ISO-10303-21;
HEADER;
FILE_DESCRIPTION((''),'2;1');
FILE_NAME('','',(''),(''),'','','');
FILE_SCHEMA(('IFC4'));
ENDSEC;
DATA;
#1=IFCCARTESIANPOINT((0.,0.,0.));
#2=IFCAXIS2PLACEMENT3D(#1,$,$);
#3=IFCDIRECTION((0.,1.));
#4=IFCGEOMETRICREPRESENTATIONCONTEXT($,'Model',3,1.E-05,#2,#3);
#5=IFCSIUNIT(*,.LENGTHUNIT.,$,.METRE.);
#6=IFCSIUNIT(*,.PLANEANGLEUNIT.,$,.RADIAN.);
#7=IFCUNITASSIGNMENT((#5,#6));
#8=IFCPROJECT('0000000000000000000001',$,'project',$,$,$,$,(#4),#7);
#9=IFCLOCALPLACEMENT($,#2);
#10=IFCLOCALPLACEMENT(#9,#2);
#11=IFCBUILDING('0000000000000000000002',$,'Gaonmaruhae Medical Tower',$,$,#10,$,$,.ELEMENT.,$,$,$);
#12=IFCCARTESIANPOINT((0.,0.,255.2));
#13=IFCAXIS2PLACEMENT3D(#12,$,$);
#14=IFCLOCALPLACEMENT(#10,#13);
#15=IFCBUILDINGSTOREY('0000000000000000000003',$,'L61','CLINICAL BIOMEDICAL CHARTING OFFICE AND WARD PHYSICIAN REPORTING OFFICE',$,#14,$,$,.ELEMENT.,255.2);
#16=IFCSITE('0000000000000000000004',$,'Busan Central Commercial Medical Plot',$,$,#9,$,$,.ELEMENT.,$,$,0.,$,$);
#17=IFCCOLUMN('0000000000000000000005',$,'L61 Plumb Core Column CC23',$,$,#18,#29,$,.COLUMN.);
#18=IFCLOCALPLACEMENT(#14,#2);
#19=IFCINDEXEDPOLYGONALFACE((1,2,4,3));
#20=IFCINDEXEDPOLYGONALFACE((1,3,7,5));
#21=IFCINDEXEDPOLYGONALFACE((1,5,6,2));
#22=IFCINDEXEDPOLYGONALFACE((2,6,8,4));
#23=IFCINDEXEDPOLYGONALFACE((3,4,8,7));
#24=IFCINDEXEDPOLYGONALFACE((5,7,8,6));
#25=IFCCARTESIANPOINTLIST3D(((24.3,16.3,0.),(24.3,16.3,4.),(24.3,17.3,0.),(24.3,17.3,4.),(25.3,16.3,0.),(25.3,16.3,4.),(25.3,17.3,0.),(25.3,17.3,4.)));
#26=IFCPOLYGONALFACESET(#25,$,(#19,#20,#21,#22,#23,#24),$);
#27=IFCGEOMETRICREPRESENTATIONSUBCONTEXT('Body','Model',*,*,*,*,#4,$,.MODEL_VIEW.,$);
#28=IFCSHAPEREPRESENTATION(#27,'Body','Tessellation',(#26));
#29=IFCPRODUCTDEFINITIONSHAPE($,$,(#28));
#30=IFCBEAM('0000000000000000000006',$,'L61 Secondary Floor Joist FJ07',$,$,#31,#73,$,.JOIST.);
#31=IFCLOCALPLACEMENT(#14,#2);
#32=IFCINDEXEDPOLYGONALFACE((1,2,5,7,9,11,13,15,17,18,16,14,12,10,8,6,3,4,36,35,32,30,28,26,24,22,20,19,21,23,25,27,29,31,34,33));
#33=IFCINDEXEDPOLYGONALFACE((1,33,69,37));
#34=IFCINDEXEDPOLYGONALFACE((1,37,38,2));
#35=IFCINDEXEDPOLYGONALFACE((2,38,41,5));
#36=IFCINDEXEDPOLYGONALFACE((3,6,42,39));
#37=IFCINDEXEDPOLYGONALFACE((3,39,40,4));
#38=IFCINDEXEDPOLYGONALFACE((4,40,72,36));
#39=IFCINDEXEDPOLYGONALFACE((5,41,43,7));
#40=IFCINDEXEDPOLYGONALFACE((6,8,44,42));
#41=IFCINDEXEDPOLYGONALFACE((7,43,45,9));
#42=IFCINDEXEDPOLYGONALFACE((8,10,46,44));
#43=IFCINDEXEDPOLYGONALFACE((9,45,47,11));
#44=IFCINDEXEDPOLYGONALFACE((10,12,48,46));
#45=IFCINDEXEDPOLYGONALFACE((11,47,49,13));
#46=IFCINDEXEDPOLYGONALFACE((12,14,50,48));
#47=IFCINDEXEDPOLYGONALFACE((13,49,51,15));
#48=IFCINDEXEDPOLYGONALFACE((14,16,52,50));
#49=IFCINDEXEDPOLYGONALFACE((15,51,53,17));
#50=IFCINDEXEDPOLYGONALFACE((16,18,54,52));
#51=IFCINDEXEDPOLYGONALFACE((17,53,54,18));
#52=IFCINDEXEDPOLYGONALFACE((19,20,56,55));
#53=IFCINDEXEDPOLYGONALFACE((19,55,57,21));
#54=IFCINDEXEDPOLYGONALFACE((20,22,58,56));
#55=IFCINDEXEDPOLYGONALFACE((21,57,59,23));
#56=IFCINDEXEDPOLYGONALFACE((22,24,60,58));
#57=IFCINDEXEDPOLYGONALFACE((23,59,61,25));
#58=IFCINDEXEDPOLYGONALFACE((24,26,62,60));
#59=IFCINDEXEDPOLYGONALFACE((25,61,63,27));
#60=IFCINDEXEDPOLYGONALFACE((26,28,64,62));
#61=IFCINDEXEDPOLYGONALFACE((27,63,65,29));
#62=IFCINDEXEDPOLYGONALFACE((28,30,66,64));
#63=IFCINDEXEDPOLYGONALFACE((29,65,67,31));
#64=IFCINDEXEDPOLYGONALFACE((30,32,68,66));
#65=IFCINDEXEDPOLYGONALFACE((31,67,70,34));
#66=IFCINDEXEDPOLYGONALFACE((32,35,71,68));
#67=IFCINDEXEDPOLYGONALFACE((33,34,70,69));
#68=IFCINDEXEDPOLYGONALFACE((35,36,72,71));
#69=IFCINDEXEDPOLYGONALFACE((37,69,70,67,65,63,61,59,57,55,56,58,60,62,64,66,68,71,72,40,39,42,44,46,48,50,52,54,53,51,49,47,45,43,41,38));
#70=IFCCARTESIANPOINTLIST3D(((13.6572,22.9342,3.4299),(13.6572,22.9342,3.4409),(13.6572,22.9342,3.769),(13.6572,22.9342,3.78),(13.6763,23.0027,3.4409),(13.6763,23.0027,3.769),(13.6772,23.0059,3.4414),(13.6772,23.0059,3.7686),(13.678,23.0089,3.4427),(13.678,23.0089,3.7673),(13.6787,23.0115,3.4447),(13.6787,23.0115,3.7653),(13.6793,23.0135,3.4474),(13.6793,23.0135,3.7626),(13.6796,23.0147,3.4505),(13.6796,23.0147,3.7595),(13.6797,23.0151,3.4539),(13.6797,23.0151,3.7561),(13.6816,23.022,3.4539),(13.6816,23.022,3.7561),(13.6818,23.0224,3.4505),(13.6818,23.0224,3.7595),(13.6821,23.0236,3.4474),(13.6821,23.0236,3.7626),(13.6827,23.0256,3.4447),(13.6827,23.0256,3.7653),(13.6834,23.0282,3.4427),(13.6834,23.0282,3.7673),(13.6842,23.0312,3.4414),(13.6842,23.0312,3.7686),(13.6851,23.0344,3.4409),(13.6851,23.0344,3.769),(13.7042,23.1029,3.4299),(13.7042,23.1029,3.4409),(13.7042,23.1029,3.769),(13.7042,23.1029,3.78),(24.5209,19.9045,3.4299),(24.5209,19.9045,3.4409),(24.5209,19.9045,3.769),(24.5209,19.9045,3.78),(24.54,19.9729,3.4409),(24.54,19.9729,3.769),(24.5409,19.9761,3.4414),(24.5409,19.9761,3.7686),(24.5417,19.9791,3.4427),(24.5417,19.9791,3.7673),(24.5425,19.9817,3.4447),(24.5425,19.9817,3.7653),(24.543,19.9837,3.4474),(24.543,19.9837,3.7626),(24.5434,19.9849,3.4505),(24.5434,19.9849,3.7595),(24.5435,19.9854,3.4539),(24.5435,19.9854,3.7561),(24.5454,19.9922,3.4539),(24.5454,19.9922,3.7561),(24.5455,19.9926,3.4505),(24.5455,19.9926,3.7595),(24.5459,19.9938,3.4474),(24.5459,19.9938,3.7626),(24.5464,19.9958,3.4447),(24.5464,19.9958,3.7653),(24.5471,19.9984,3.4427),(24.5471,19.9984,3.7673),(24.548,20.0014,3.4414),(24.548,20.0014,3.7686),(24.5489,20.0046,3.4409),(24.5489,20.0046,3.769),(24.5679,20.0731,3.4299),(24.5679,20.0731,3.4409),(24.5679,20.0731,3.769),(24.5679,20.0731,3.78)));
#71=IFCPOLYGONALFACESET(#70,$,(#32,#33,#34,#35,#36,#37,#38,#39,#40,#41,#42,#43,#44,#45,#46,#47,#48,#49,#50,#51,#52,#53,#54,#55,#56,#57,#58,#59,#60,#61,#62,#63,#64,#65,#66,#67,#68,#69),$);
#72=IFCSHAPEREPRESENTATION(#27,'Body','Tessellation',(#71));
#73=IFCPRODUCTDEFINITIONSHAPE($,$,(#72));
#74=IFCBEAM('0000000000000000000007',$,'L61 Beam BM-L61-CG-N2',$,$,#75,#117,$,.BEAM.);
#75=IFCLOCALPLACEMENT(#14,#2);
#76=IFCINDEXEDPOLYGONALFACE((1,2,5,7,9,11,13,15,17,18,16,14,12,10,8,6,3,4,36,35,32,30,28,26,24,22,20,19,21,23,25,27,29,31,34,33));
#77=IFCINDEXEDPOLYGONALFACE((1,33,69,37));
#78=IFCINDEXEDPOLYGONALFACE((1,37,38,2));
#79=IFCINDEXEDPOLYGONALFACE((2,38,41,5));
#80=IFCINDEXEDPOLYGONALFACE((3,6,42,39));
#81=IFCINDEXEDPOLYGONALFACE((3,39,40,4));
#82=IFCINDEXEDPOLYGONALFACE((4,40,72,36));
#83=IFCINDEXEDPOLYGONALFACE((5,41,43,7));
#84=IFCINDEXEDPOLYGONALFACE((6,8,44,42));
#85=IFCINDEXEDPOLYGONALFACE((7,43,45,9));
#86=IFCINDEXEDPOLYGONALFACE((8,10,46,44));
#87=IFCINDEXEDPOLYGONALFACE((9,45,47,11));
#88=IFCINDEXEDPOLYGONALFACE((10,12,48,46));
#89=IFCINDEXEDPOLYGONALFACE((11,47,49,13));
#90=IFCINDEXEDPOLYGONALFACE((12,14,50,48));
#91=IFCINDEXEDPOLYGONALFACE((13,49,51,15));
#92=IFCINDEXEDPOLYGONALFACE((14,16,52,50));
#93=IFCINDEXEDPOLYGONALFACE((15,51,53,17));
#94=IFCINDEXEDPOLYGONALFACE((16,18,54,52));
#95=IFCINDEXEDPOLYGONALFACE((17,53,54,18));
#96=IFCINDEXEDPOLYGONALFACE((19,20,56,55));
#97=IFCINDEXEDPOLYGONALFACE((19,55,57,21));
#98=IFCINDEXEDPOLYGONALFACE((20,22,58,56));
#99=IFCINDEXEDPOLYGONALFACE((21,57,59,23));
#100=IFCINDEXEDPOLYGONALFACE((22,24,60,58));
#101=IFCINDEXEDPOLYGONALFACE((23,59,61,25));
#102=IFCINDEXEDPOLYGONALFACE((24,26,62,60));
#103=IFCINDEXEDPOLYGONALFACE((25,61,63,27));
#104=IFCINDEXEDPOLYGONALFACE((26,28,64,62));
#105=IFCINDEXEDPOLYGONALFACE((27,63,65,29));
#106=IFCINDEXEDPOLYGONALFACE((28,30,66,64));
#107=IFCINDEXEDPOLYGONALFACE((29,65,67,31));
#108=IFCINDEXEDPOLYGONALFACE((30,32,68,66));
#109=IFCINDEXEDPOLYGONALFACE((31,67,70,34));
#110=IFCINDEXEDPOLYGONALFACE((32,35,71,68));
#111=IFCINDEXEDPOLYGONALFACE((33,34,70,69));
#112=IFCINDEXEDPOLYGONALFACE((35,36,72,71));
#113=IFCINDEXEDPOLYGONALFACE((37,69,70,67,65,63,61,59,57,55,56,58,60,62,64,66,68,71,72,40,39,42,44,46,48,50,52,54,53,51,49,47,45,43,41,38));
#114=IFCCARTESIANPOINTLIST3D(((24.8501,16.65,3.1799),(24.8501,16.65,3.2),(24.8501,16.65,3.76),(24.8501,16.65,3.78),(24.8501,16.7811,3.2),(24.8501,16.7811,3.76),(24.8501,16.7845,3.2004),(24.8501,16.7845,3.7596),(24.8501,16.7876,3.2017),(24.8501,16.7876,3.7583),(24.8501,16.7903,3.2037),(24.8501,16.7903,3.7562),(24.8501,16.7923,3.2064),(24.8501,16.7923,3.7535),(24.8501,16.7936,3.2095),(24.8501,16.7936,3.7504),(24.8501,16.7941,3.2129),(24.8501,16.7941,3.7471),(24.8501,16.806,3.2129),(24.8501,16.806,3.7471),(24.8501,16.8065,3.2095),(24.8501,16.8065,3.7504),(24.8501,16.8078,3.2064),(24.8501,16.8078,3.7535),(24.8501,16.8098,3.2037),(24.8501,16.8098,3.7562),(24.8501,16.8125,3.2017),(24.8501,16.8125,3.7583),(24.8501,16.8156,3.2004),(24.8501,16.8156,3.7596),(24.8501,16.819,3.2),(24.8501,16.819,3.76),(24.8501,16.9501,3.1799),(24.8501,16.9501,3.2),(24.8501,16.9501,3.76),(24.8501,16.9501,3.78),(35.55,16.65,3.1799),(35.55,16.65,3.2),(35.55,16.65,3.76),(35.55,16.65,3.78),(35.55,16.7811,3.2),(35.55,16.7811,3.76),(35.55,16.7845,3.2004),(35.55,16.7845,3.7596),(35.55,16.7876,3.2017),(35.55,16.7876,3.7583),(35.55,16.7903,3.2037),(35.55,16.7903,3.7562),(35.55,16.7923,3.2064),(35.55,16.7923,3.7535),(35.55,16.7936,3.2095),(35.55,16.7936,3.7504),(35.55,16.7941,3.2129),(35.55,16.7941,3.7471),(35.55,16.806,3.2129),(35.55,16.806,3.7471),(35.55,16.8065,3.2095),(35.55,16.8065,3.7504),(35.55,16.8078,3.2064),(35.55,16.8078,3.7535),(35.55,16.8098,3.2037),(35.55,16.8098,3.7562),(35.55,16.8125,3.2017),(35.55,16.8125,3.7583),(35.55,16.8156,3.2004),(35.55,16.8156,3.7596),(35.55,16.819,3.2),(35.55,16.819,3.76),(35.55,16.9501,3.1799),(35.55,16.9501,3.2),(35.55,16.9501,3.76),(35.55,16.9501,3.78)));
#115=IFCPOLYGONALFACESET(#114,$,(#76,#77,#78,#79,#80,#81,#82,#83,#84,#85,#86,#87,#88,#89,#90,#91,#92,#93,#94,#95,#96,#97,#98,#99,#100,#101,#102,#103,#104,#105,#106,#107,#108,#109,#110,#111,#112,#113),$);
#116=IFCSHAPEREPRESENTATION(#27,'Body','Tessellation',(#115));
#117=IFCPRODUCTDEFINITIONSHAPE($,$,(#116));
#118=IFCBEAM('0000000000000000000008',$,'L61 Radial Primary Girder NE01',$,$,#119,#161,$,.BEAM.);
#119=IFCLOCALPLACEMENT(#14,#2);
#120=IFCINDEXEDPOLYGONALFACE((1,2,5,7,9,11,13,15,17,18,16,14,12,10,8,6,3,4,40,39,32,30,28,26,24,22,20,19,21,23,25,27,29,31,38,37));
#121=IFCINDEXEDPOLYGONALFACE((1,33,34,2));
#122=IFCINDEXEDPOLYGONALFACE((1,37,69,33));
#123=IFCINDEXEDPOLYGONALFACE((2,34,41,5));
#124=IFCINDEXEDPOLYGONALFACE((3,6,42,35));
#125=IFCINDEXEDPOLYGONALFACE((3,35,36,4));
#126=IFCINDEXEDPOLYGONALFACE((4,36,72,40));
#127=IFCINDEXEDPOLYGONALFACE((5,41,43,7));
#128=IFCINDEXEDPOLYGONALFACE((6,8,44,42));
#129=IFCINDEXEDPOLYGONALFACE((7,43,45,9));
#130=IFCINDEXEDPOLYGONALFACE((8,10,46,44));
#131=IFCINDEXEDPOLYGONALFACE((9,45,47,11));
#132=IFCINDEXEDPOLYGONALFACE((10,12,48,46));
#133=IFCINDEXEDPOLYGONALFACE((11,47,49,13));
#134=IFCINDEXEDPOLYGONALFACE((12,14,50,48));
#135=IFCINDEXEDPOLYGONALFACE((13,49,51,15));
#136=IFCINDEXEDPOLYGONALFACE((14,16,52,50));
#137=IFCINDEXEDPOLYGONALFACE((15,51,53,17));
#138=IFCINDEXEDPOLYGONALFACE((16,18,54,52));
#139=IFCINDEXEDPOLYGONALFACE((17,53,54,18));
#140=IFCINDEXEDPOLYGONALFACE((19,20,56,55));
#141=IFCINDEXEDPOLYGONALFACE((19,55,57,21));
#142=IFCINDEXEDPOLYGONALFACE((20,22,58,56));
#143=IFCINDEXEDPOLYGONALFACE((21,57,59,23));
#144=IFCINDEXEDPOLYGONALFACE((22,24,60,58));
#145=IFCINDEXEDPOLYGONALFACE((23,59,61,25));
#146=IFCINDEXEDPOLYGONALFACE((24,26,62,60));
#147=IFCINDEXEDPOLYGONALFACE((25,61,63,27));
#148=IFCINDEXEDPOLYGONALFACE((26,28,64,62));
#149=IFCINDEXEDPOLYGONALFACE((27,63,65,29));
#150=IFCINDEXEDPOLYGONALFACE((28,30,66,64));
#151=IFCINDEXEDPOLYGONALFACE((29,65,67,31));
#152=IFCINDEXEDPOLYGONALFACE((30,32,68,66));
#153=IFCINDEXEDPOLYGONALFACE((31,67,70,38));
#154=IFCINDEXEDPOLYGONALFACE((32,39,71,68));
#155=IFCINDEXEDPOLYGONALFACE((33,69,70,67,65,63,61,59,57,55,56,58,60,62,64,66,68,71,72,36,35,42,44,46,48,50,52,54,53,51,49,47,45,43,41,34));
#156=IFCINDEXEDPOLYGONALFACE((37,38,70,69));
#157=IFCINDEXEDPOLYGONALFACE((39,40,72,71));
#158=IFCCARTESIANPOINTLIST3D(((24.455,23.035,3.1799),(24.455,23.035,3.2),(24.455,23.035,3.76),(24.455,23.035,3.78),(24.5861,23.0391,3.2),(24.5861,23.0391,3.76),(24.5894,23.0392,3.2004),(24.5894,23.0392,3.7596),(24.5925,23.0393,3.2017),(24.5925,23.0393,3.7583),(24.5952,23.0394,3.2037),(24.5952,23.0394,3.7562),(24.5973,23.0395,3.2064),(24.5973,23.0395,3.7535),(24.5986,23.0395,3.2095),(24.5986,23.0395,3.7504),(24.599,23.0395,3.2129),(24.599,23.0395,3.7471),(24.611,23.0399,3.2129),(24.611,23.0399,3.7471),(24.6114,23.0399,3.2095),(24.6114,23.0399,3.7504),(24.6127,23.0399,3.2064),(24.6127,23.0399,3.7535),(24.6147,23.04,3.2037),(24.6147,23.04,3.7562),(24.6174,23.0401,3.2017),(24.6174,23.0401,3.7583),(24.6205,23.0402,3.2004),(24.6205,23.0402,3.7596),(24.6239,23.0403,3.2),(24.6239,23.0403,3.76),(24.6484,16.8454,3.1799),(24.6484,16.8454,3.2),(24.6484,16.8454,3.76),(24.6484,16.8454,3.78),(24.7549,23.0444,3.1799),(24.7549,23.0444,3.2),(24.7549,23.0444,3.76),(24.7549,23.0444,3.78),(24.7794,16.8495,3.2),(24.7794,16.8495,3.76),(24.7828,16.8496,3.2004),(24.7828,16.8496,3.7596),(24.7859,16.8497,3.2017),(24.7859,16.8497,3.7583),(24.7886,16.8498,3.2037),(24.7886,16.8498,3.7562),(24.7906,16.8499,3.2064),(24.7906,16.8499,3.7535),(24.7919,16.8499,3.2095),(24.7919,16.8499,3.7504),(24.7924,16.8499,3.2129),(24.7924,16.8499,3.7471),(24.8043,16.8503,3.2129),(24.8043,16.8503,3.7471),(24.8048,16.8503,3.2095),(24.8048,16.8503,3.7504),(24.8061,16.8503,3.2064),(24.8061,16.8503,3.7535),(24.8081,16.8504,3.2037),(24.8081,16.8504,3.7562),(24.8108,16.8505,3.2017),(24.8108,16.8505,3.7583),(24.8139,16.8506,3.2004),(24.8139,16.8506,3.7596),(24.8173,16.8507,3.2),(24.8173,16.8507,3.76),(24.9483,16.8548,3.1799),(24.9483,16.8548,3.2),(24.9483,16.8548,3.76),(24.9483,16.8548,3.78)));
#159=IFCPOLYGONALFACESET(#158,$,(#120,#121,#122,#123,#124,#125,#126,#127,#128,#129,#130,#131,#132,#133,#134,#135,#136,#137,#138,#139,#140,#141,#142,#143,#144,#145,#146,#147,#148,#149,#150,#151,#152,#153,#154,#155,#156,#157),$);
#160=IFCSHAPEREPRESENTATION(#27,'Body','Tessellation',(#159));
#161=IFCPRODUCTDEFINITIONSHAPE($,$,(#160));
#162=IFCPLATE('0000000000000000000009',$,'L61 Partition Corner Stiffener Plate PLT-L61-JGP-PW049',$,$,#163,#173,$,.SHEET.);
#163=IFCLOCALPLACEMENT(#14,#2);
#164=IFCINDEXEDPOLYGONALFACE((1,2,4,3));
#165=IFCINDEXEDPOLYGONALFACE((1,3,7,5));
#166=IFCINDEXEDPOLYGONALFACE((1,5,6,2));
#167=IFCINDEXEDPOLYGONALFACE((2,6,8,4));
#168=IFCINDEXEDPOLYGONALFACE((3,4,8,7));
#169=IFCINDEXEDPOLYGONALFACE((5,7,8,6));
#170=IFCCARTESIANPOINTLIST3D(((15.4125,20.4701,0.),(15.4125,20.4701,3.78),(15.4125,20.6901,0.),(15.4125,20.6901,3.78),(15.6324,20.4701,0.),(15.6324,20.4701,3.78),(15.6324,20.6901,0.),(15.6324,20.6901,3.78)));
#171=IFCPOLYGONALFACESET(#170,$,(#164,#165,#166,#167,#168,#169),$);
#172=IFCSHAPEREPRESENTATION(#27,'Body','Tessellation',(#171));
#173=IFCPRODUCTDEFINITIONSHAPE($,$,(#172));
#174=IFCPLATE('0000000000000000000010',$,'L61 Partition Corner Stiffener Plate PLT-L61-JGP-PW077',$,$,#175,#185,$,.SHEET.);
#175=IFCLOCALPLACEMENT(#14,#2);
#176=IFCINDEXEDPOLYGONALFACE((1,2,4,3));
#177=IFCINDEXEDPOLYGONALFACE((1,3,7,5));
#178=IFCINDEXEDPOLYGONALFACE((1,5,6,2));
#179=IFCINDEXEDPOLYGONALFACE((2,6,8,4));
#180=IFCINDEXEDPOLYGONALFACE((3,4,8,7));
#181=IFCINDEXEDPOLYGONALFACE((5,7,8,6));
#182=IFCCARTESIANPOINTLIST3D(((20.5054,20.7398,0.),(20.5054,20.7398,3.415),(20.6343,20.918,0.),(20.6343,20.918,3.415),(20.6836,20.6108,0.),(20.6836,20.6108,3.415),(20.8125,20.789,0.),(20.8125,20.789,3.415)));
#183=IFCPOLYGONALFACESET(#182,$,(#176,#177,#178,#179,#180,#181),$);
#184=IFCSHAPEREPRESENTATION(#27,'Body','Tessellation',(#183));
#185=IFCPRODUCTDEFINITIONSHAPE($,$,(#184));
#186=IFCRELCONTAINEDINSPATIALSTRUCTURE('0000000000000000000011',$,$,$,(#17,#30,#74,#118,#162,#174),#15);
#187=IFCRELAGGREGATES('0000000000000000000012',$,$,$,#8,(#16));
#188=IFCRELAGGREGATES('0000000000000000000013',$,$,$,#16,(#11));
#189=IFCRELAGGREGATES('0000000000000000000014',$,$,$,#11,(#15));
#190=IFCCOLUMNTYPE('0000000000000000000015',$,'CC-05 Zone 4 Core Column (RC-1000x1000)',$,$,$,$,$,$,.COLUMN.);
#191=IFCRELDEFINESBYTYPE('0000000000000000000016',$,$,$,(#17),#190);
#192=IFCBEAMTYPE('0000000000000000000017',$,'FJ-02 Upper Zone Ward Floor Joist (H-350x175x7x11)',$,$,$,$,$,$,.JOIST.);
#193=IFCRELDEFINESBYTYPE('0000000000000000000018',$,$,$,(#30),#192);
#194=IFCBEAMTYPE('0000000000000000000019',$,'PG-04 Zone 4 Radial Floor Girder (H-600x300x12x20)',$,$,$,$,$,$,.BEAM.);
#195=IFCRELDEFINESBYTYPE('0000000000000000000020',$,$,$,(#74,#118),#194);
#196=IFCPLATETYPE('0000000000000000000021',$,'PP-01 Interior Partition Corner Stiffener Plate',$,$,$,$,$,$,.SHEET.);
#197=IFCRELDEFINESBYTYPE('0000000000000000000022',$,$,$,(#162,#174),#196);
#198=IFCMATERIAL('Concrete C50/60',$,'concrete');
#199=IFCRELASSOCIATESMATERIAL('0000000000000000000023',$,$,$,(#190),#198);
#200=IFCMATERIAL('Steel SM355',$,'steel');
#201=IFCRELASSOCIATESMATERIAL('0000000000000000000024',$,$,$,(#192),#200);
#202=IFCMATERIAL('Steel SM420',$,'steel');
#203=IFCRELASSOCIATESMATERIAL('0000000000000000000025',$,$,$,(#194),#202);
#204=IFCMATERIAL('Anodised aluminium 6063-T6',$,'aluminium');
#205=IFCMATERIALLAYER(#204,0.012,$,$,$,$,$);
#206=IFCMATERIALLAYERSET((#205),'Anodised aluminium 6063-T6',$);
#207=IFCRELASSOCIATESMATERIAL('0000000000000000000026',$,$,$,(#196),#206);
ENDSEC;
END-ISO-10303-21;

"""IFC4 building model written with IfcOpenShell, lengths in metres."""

from ifc_helpers import new_model, si_unit, direction, frame, origin, origin_2d, place, context, subcontext, project, spatial, rectangle, i_section, extrude, material, layer, layer_set, material_profile, profile_set, type_object, element, save


model = new_model("IFC4")

# Units and contexts
model_context = context("Model", 3, precision=1e-05, world=origin(), true_north=direction((0.0, 1.0)))
body_context = subcontext(model_context, "Body", "Model", "MODEL_VIEW")
ifc_project = project(units=[si_unit("LENGTHUNIT", "METRE"), si_unit("PLANEANGLEUNIT", "RADIAN")], contexts=[model_context])

# Site, building, storey
site_placement = place(None, origin())
site = spatial("IfcSite", under=ifc_project, at=site_placement, Name="Busan Central Commercial Medical Plot", CompositionType="ELEMENT", RefElevation=0.0)
building_placement = place(site_placement, origin())
building = spatial("IfcBuilding", under=site, at=building_placement, Name="Gaonmaruhae Medical Tower", CompositionType="ELEMENT")
storey_placement = place(building_placement, frame((0.0, 0.0, 255.2)))
storey = spatial("IfcBuildingStorey", under=building, at=storey_placement, Name="L61", Description="CLINICAL BIOMEDICAL CHARTING OFFICE AND WARD PHYSICIAN REPORTING OFFICE", CompositionType="ELEMENT", Elevation=255.2)

# Column
ifc_material_1 = material(Name="Concrete C50/60", Category="concrete")
ifc_material_profile_1 = material_profile(ifc_material_1, rectangle(XDim=1.0, YDim=1.0, at=origin_2d()), Name="RC-1000x1000")
ifc_profile_set_1 = profile_set([ifc_material_profile_1], Name="Concrete C50/60")
column_type = type_object("IfcColumnType", Name="CC-05 Zone 4 Core Column (RC-1000x1000)", PredefinedType="COLUMN", material=ifc_profile_set_1)
column_placement = place(storey_placement, frame((24.8, 16.8, 0.0), z_axis=(0.0, 0.0, 1.0), x_axis=(1.0, 0.0, 0.0)))
element("IfcColumn", 1, at=column_placement, inside=storey, type_object=column_type, Name="L61 Plumb Core Column CC23", PredefinedType="COLUMN", context=body_context, shape_type="SweptSolid", body=[
    extrude(rectangle(XDim=1.0, YDim=1.0, at=origin_2d()), origin(), (0.0, 0.0, 1.0), 4.0),
])

# Beams
ifc_material_2 = material(Name="Steel SM355", Category="steel")
ifc_material_profile_2 = material_profile(ifc_material_2, i_section(OverallWidth=0.175, OverallDepth=0.3501, WebThickness=0.0071, FlangeThickness=0.011, FilletRadius=0.0129, at=origin_2d()), Name="H-350x175x7x11")
ifc_profile_set_2 = profile_set([ifc_material_profile_2], Name="Steel SM355")
beam_type_1 = type_object("IfcBeamType", Name="FJ-02 Upper Zone Ward Floor Joist (H-350x175x7x11)", PredefinedType="JOIST", material=ifc_profile_set_2)
beam_1_placement = place(storey_placement, frame((24.5444, 19.9888, 3.605), z_axis=(-0.963241, 0.268637, 0.0), x_axis=(-0.268637, -0.963241, 0.0)))
element("IfcBeam", 2, at=beam_1_placement, inside=storey, type_object=beam_type_1, Name="L61 Secondary Floor Joist FJ07", PredefinedType="JOIST", context=body_context, shape_type="SweptSolid", body=[
    extrude(i_section(OverallWidth=0.175, OverallDepth=0.3501, WebThickness=0.0071, FlangeThickness=0.011, FilletRadius=0.0129, at=origin_2d()), origin(), (0.0, 0.0, 1.0), 11.2783),
])
ifc_material_3 = material(Name="Steel SM420", Category="steel")
ifc_material_profile_3 = material_profile(ifc_material_3, i_section(OverallWidth=0.3, OverallDepth=0.6001, WebThickness=0.012, FlangeThickness=0.02, FilletRadius=0.0129, at=origin_2d()), Name="H-600x300x12x20")
ifc_profile_set_3 = profile_set([ifc_material_profile_3], Name="Steel SM420")
beam_type_2 = type_object("IfcBeamType", Name="PG-04 Zone 4 Radial Floor Girder (H-600x300x12x20)", PredefinedType="BEAM", material=ifc_profile_set_3)
beam_2_placement = place(storey_placement, frame((24.8501, 16.8, 3.48), z_axis=(1.0, 0.0, 0.0), x_axis=(0.0, 1.0, 0.0)))
element("IfcBeam", 3, at=beam_2_placement, inside=storey, type_object=beam_type_2, Name="L61 Beam BM-L61-CG-N2", PredefinedType="BEAM", context=body_context, shape_type="SweptSolid", body=[
    extrude(i_section(OverallWidth=0.3, OverallDepth=0.6001, WebThickness=0.012, FlangeThickness=0.02, FilletRadius=0.0129, at=origin_2d()), origin(), (0.0, 0.0, 1.0), 10.7),
])
beam_3_placement = place(storey_placement, frame((24.7983, 16.8501, 3.48), z_axis=(-0.031224, 0.999512, 0.0), x_axis=(-0.999512, -0.031224, 0.0)))
element("IfcBeam", 4, at=beam_3_placement, inside=storey, type_object=beam_type_2, Name="L61 Radial Primary Girder NE01", PredefinedType="BEAM", context=body_context, shape_type="SweptSolid", body=[
    extrude(i_section(OverallWidth=0.3, OverallDepth=0.6001, WebThickness=0.012, FlangeThickness=0.02, FilletRadius=0.0129, at=origin_2d()), origin(), (0.0, 0.0, 1.0), 6.1926),
])

# Plates
ifc_material_4 = material(Name="Anodised aluminium 6063-T6", Category="aluminium")
ifc_layer_1 = layer(ifc_material_4, 0.012)
ifc_layer_set_1 = layer_set([ifc_layer_1], Name="Anodised aluminium 6063-T6")
plate_type = type_object("IfcPlateType", Name="PP-01 Interior Partition Corner Stiffener Plate", PredefinedType="SHEET", material=ifc_layer_set_1)
plate_1_placement = place(storey_placement, frame((15.5225, 20.5801, 0.0), z_axis=(0.0, 0.0, 1.0), x_axis=(-1.0, 0.0, 0.0)))
element("IfcPlate", 5, at=plate_1_placement, inside=storey, type_object=plate_type, Name="L61 Partition Corner Stiffener Plate PLT-L61-JGP-PW049", PredefinedType="SHEET", context=body_context, shape_type="SweptSolid", body=[
    extrude(rectangle(XDim=0.22, YDim=0.22, at=origin_2d()), origin(), (0.0, 0.0, 1.0), 3.78),
])
plate_2_placement = place(storey_placement, frame((20.6589, 20.7644, 0.0), z_axis=(0.0, 0.0, 1.0), x_axis=(-0.810175, 0.586189, 0.0)))
element("IfcPlate", 6, at=plate_2_placement, inside=storey, type_object=plate_type, Name="L61 Partition Corner Stiffener Plate PLT-L61-JGP-PW077", PredefinedType="SHEET", context=body_context, shape_type="SweptSolid", body=[
    extrude(rectangle(XDim=0.22, YDim=0.22, at=origin_2d()), origin(), (0.0, 0.0, 1.0), 3.415),
])

save(model, "model.ifc")
